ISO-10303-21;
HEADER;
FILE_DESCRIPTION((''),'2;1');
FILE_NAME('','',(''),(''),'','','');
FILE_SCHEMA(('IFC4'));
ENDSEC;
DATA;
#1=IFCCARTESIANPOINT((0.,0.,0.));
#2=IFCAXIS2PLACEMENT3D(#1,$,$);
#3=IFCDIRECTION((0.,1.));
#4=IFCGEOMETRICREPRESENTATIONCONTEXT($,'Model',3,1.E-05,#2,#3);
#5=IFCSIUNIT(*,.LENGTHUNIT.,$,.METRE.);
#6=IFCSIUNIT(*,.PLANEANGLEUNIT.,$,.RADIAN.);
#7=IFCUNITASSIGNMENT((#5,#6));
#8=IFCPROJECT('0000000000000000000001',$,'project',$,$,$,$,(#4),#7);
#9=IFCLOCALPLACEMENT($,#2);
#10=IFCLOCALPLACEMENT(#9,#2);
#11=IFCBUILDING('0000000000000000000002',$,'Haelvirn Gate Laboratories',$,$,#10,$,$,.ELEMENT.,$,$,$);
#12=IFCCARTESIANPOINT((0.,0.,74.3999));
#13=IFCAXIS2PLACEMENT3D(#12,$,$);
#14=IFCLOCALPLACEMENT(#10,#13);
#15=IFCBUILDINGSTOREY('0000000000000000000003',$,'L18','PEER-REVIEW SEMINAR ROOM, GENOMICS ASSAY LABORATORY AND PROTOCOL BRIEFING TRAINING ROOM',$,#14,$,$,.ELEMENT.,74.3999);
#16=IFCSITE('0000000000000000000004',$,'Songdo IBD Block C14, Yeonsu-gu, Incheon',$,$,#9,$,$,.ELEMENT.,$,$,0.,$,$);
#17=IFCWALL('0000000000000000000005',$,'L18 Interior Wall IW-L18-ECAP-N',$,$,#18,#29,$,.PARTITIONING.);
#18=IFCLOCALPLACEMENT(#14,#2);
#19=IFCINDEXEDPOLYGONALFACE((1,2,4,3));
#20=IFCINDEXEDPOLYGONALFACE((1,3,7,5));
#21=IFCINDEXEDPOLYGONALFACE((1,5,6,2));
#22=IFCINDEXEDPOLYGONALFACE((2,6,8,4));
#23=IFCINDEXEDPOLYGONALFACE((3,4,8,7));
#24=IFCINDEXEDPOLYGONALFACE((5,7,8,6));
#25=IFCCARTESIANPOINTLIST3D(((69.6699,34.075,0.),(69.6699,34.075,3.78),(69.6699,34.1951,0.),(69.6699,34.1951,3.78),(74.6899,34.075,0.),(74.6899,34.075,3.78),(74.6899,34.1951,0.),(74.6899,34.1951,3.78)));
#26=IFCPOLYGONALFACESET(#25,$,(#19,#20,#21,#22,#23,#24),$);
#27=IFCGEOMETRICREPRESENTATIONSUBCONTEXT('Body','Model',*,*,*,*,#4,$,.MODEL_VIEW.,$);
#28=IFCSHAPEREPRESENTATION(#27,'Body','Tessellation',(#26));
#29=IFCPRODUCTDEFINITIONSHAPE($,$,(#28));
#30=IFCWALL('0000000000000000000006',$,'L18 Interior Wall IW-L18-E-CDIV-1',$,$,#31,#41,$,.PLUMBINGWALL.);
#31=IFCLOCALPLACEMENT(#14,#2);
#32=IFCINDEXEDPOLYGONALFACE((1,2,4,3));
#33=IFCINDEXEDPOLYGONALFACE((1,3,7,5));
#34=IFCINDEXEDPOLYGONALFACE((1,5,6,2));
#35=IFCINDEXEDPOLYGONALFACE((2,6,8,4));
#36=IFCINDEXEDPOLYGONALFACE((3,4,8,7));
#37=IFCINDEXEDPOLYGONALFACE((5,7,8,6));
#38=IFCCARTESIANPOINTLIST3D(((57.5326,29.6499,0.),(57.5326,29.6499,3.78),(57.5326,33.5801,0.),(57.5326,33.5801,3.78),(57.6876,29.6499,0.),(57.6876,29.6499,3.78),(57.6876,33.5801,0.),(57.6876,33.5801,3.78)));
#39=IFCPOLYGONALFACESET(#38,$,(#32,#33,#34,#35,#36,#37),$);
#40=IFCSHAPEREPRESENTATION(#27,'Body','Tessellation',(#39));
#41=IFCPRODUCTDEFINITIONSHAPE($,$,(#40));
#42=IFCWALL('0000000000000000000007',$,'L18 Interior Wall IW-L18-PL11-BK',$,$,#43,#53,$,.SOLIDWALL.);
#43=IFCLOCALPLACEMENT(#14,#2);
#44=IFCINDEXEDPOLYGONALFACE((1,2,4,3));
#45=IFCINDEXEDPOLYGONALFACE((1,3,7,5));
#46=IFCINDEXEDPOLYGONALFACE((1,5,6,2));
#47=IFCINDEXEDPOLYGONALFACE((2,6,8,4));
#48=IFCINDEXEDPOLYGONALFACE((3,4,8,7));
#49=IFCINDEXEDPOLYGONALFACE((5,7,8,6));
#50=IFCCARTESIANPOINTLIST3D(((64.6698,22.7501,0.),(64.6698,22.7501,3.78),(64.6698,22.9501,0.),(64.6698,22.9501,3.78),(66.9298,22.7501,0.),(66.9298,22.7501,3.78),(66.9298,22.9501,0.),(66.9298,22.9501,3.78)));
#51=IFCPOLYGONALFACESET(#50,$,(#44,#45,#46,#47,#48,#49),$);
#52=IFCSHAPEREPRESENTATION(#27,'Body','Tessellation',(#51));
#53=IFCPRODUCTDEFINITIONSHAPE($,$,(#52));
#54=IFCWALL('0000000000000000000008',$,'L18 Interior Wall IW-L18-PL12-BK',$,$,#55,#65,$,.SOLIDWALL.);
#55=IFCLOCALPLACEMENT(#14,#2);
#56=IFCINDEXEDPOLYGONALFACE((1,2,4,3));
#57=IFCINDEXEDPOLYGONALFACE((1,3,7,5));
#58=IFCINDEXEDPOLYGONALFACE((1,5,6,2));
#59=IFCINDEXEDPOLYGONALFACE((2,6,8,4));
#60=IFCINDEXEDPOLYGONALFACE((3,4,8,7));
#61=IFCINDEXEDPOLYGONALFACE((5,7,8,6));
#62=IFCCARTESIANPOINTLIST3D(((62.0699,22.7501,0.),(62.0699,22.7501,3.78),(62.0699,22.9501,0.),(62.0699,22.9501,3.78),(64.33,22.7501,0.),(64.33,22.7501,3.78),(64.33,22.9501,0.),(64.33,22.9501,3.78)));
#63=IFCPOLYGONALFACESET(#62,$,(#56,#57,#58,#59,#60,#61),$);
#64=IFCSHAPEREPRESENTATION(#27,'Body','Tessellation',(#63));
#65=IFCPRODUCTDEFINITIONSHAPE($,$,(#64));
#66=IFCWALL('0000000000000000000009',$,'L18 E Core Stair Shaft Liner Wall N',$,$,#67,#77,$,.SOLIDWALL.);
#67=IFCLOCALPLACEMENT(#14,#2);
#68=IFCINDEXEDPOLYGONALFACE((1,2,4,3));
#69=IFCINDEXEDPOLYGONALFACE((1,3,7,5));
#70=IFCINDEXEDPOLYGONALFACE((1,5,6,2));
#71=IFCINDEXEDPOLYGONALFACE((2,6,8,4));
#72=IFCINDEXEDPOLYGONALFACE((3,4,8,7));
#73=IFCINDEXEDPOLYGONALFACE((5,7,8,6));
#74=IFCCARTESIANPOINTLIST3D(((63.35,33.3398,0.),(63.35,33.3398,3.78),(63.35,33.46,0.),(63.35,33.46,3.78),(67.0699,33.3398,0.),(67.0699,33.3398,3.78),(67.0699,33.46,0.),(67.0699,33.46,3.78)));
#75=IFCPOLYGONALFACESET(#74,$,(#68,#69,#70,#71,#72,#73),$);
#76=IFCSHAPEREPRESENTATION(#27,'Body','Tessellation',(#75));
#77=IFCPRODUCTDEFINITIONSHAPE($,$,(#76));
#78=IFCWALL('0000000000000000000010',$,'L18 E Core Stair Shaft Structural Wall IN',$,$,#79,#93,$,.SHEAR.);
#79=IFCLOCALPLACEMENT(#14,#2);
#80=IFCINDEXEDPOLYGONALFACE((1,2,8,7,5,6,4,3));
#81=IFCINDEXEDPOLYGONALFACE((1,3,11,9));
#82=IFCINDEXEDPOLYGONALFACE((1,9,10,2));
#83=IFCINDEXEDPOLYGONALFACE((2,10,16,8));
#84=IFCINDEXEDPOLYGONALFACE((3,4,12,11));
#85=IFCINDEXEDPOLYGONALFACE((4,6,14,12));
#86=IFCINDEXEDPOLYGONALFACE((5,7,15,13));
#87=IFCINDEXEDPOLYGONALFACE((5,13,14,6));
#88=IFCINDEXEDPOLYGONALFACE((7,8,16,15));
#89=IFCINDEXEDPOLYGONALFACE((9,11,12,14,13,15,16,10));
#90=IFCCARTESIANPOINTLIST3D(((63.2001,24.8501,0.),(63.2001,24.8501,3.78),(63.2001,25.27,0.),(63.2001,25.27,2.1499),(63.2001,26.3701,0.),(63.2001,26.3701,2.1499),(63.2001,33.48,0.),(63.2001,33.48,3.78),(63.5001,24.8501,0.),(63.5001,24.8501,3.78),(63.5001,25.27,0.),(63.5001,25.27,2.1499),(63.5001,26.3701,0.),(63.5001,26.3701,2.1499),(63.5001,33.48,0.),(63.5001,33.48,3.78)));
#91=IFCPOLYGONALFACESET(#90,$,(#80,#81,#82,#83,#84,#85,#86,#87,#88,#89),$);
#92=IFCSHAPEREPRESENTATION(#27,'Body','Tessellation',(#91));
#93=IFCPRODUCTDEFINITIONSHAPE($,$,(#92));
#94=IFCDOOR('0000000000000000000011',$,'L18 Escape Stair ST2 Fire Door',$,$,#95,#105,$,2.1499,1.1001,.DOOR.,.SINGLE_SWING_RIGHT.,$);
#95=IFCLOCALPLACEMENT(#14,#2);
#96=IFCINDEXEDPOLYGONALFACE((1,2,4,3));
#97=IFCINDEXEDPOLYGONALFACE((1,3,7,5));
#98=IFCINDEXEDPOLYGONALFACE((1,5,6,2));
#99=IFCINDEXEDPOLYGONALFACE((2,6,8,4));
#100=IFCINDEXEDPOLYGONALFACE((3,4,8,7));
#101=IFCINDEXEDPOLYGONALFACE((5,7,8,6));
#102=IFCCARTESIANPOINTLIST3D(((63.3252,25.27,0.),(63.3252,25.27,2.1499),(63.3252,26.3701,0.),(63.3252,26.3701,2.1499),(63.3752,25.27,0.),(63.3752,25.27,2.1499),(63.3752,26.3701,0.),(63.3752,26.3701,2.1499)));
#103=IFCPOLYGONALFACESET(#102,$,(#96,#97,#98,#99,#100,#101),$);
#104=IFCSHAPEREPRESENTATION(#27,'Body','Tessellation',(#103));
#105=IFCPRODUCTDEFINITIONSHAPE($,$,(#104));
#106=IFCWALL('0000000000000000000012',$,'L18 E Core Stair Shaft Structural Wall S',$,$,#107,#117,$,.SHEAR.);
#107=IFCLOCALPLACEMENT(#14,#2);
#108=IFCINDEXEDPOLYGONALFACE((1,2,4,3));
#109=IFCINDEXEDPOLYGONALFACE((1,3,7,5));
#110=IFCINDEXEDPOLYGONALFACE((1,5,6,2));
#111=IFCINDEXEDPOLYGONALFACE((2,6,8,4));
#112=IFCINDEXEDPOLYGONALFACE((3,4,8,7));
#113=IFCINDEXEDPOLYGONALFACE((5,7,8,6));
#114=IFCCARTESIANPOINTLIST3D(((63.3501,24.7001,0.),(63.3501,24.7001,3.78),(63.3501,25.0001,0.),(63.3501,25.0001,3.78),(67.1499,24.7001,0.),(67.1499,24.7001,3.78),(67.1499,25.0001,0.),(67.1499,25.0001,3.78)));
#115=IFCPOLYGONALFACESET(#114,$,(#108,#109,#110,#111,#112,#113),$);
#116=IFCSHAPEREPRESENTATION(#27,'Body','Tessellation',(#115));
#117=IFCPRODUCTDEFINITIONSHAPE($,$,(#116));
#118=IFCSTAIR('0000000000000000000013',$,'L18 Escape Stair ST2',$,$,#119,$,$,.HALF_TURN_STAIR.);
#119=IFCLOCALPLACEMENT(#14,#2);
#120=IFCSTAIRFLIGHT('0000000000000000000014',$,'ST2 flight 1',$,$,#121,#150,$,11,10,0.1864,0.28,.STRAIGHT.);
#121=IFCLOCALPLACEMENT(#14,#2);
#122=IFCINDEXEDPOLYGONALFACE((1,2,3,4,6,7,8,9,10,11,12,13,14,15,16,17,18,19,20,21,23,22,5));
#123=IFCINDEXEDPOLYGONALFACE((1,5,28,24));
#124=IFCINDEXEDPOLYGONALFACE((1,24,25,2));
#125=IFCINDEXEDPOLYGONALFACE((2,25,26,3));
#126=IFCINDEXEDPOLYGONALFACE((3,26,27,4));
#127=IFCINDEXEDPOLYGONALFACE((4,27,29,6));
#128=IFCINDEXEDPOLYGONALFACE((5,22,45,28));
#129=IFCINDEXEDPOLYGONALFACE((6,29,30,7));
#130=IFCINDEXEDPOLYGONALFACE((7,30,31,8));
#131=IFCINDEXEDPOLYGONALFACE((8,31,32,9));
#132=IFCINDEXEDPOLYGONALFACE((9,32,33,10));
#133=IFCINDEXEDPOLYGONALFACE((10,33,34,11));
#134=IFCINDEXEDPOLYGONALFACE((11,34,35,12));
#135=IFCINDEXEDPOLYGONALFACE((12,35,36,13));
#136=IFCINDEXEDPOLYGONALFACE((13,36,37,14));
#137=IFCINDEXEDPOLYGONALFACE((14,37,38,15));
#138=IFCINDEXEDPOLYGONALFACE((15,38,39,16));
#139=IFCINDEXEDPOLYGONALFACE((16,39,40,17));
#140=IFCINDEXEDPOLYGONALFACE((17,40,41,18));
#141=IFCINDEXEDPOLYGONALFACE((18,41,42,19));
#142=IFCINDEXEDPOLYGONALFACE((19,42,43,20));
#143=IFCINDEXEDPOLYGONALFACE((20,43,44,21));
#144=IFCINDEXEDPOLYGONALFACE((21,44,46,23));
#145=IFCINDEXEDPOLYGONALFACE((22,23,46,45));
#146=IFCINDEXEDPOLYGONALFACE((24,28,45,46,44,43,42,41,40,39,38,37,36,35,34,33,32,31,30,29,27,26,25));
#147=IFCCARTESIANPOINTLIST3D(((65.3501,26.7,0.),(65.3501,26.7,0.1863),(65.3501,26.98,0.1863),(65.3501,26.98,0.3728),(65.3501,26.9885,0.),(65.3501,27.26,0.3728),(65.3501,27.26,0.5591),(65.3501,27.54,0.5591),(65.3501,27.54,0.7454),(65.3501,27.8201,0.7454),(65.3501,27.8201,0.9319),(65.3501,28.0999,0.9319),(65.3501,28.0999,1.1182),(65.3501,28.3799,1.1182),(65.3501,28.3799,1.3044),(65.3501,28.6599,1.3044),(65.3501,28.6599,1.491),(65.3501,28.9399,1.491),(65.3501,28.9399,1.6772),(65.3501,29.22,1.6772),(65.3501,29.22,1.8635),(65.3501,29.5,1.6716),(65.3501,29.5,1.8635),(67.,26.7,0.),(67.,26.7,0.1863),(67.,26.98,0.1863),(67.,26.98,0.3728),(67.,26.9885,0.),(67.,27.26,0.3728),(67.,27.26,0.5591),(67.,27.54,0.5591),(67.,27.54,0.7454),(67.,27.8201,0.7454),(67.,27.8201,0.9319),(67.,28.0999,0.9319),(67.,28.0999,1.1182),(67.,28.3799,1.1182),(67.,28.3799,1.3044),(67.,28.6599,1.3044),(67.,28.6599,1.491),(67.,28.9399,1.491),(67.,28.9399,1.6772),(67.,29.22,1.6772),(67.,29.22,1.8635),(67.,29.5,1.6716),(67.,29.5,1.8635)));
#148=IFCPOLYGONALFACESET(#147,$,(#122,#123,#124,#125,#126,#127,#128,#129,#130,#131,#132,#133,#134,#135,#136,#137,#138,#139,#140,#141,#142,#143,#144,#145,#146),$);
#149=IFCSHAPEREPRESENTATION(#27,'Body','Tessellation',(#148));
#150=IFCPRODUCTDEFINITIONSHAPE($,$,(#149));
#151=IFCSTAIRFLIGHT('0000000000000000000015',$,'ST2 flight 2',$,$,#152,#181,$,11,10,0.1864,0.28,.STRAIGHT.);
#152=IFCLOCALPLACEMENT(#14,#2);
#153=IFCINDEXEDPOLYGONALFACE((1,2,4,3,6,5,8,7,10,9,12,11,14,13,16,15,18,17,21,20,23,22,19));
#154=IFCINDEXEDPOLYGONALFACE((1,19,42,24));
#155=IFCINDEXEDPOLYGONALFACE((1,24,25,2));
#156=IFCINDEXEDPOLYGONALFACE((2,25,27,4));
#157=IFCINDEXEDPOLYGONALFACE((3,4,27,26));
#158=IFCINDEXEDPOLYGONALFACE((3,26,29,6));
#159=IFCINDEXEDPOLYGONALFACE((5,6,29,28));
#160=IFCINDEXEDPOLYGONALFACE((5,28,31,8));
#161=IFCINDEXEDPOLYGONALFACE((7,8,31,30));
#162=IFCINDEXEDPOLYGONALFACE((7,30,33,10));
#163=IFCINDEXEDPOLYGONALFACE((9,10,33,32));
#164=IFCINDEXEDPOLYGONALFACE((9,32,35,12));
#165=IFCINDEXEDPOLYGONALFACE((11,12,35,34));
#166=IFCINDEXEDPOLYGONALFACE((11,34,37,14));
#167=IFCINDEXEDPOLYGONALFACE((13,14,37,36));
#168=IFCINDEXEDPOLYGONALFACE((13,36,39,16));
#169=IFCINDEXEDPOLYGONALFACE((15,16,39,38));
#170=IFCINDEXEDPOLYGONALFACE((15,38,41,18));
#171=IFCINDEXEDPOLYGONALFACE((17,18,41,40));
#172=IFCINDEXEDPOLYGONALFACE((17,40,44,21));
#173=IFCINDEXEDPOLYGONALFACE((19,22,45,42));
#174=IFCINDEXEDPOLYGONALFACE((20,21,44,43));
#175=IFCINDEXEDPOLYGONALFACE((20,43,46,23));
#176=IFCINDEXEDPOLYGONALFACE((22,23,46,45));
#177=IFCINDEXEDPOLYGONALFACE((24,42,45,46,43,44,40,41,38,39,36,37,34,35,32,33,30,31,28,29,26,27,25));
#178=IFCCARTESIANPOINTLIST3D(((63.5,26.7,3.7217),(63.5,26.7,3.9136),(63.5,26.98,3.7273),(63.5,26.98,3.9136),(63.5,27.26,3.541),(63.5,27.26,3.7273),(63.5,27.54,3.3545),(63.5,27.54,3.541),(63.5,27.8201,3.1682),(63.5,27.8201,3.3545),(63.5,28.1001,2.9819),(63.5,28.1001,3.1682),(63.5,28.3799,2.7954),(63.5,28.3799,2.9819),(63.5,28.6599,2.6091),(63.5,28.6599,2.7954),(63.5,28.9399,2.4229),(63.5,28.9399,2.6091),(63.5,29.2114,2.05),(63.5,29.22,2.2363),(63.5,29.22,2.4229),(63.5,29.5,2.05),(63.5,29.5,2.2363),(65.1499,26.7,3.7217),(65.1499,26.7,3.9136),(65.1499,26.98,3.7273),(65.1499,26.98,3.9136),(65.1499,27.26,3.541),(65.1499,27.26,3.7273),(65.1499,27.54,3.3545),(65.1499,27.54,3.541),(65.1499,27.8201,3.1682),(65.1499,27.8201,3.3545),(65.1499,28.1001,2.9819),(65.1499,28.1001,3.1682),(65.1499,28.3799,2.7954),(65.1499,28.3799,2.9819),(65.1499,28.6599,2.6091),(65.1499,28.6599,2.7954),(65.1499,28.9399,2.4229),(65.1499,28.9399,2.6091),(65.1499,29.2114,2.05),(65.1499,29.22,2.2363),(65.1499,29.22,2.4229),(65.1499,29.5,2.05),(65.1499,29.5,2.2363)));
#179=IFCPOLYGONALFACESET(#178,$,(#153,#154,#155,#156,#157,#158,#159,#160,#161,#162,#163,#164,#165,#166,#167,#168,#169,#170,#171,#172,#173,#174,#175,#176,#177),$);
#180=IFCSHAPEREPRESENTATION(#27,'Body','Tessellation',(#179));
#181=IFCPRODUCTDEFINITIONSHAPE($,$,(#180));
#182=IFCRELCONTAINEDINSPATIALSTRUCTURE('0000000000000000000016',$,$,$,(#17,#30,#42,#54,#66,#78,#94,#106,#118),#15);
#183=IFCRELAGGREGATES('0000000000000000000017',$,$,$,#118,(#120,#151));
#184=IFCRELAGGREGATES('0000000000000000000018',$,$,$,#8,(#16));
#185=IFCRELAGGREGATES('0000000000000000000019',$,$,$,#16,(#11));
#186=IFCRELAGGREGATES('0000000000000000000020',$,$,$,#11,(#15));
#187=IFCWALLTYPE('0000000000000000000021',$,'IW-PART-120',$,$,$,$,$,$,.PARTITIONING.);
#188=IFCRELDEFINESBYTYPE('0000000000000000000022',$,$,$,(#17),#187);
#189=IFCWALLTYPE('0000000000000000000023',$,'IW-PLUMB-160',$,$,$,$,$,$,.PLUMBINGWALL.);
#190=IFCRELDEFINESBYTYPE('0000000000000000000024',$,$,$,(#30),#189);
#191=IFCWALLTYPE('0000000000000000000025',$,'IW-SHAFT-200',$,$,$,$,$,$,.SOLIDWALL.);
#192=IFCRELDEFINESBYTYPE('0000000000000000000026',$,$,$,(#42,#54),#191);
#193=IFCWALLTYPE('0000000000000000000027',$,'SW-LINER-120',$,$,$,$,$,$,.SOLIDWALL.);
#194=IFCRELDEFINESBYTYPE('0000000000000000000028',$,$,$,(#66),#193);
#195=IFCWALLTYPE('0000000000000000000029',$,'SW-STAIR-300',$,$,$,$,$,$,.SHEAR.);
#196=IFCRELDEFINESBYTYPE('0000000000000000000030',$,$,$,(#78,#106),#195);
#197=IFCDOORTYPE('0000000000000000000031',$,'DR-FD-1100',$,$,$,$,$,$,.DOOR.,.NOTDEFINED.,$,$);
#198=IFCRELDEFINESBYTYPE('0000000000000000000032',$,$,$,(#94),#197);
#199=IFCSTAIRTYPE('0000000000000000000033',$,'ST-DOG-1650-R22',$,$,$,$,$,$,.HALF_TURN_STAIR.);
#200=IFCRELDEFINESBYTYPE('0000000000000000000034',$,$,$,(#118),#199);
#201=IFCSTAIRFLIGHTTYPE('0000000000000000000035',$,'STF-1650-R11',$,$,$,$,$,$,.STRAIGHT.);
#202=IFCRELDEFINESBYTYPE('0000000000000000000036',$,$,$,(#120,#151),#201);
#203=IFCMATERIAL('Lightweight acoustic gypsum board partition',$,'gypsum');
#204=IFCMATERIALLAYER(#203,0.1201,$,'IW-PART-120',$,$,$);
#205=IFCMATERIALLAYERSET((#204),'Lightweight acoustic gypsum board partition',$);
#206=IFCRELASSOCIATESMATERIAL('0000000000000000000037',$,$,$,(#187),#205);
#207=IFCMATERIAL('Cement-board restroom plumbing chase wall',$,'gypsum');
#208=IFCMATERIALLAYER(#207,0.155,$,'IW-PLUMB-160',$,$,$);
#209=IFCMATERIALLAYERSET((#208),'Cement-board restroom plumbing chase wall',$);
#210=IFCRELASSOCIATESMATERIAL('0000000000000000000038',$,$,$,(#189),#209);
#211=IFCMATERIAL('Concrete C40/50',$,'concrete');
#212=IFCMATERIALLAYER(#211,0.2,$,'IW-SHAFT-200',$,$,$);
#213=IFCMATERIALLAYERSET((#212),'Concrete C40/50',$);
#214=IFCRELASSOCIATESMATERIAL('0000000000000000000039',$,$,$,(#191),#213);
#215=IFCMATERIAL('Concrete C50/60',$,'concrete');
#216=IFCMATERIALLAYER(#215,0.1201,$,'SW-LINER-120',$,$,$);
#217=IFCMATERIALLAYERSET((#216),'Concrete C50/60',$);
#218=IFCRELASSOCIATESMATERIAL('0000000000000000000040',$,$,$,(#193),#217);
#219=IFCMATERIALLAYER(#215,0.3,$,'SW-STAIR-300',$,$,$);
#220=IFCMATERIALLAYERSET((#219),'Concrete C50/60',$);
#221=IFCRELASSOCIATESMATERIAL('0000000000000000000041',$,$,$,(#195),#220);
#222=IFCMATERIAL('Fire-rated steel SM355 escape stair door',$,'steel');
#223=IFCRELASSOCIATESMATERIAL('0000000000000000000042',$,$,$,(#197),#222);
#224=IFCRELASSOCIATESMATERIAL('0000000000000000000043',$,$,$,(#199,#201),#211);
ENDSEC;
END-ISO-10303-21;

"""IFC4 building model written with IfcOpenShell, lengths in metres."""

from ifc_helpers import new_model, si_unit, direction, frame, frame_2d, origin, place, context, subcontext, project, spatial, polyline, rectangle, outline, extrude, source, transform, mapped, material, layer, layer_set, type_object, type_shapes, element, fill, aggregate, save


model = new_model("IFC4")

# Units and contexts
model_context = context("Model", 3, precision=1e-05, world=origin(), true_north=direction((0.0, 1.0)))
body_context = subcontext(model_context, "Body", "Model", "MODEL_VIEW")
ifc_project = project(units=[si_unit("LENGTHUNIT", "METRE"), si_unit("PLANEANGLEUNIT", "RADIAN")], contexts=[model_context])

# Site, building, storey
site_placement = place(None, origin())
site = spatial("IfcSite", under=ifc_project, at=site_placement, Name="Songdo IBD Block C14, Yeonsu-gu, Incheon", CompositionType="ELEMENT", RefElevation=0.0)
building_placement = place(site_placement, origin())
building = spatial("IfcBuilding", under=site, at=building_placement, Name="Haelvirn Gate Laboratories", CompositionType="ELEMENT")
storey_placement = place(building_placement, frame((0.0, 0.0, 74.3999)))
storey = spatial("IfcBuildingStorey", under=building, at=storey_placement, Name="L18", Description="PEER-REVIEW SEMINAR ROOM, GENOMICS ASSAY LABORATORY AND PROTOCOL BRIEFING TRAINING ROOM", CompositionType="ELEMENT", Elevation=74.3999)

# Walls
ifc_material_1 = material(Name="Lightweight acoustic gypsum board partition", Category="gypsum")
ifc_layer_1 = layer(ifc_material_1, 0.1201, Name="IW-PART-120")
ifc_layer_set_1 = layer_set([ifc_layer_1], Name="Lightweight acoustic gypsum board partition")
wall_type_1 = type_object("IfcWallType", Name="IW-PART-120", PredefinedType="PARTITIONING", material=ifc_layer_set_1)
wall_1_placement = place(storey_placement, frame((69.6699, 34.135, 0.0), z_axis=(0.0, 0.0, 1.0), x_axis=(1.0, 0.0, 0.0)))
element("IfcWall", 1, at=wall_1_placement, inside=storey, type_object=wall_type_1, Name="L18 Interior Wall IW-L18-ECAP-N", PredefinedType="PARTITIONING", context=body_context, shape_type="SweptSolid", body=[
    extrude(rectangle(XDim=5.02, YDim=0.1201, at=frame_2d((2.51, 0.0))), origin(), (0.0, 0.0, 1.0), 3.78),
])
ifc_material_2 = material(Name="Cement-board restroom plumbing chase wall", Category="gypsum")
ifc_layer_2 = layer(ifc_material_2, 0.155, Name="IW-PLUMB-160")
ifc_layer_set_2 = layer_set([ifc_layer_2], Name="Cement-board restroom plumbing chase wall")
wall_type_2 = type_object("IfcWallType", Name="IW-PLUMB-160", PredefinedType="PLUMBINGWALL", material=ifc_layer_set_2)
wall_2_placement = place(storey_placement, frame((57.6101, 29.6499, 0.0), z_axis=(0.0, 0.0, 1.0), x_axis=(0.0, 1.0, 0.0)))
element("IfcWall", 2, at=wall_2_placement, inside=storey, type_object=wall_type_2, Name="L18 Interior Wall IW-L18-E-CDIV-1", PredefinedType="PLUMBINGWALL", context=body_context, shape_type="SweptSolid", body=[
    extrude(rectangle(XDim=3.9302, YDim=0.155, at=frame_2d((1.9651, 0.0))), origin(), (0.0, 0.0, 1.0), 3.78),
])
ifc_material_3 = material(Name="Concrete C40/50", Category="concrete")
ifc_layer_3 = layer(ifc_material_3, 0.2, Name="IW-SHAFT-200")
ifc_layer_set_3 = layer_set([ifc_layer_3], Name="Concrete C40/50")
wall_type_3 = type_object("IfcWallType", Name="IW-SHAFT-200", PredefinedType="SOLIDWALL", material=ifc_layer_set_3)
for number, where, z_axis, x_axis, name in (
    (3, (64.6699, 22.8501, 0.0), (0.0, 0.0, 1.0), (1.0, 0.0, 0.0), "L18 Interior Wall IW-L18-PL11-BK"),
    (4, (62.0701, 22.8501, 0.0), (0.0, 0.0, 1.0), (1.0, 0.0, 0.0), "L18 Interior Wall IW-L18-PL12-BK"),
):
    element("IfcWall", number, at=place(storey_placement, frame(where, z_axis=z_axis, x_axis=x_axis)), inside=storey, type_object=wall_type_3, Name=name, PredefinedType="SOLIDWALL", context=body_context, shape_type="SweptSolid", body=[
        extrude(rectangle(XDim=2.26, YDim=0.2, at=frame_2d((1.1299, 0.0))), origin(), (0.0, 0.0, 1.0), 3.78),
    ])
ifc_material_4 = material(Name="Concrete C50/60", Category="concrete")
ifc_layer_4 = layer(ifc_material_4, 0.1201, Name="SW-LINER-120")
ifc_layer_set_4 = layer_set([ifc_layer_4], Name="Concrete C50/60")
wall_type_4 = type_object("IfcWallType", Name="SW-LINER-120", PredefinedType="SOLIDWALL", material=ifc_layer_set_4)
wall_3_placement = place(storey_placement, frame((63.3501, 33.3999, 0.0), z_axis=(0.0, 0.0, 1.0), x_axis=(1.0, 0.0, 0.0)))
element("IfcWall", 5, at=wall_3_placement, inside=storey, type_object=wall_type_4, Name="L18 E Core Stair Shaft Liner Wall N", PredefinedType="SOLIDWALL", context=body_context, shape_type="SweptSolid", body=[
    extrude(rectangle(XDim=3.72, YDim=0.1201, at=frame_2d((1.8599, 0.0))), origin(), (0.0, 0.0, 1.0), 3.78),
])

# Wall, opening, door
ifc_layer_5 = layer(ifc_material_4, 0.3, Name="SW-STAIR-300")
ifc_layer_set_5 = layer_set([ifc_layer_5], Name="Concrete C50/60")
wall_type_5 = type_object("IfcWallType", Name="SW-STAIR-300", PredefinedType="SHEAR", material=ifc_layer_set_5)
wall_4_placement = place(storey_placement, frame((63.3501, 24.8501, 0.0), z_axis=(0.0, 0.0, 1.0), x_axis=(0.0, 1.0, 0.0)))
wall_4 = element("IfcWall", 6, at=wall_4_placement, inside=storey, type_object=wall_type_5, Name="L18 E Core Stair Shaft Structural Wall IN", PredefinedType="SHEAR", context=body_context, shape_type="SweptSolid", body=[
    extrude(rectangle(XDim=8.6299, YDim=0.3, at=frame_2d((4.3149, 0.0))), origin(), (0.0, 0.0, 1.0), 3.78),
])
opening_placement = place(wall_4_placement, frame((0.4199, 0.0, 0.0)))
opening = element("IfcOpeningElement", 7, at=opening_placement, cuts=wall_4, PredefinedType="OPENING", context=body_context, shape_type="SweptSolid", body=[
    extrude(rectangle(XDim=1.1001, YDim=2.1499, at=frame_2d((0.55, 1.075))), frame((0.0, 0.1602, 0.0), z_axis=(0.0, -1.0, 0.0), x_axis=(1.0, 0.0, 0.0)), (0.0, 0.0, 1.0), 0.3201),
])
ifc_material_5 = material(Name="Fire-rated steel SM355 escape stair door", Category="steel")
door_type = type_object("IfcDoorType", Name="DR-FD-1100", OperationType="NOTDEFINED", PredefinedType="DOOR", material=ifc_material_5)
shared_shape_1 = source(origin(), body_context, "Body", "SweptSolid", [
    extrude(rectangle(XDim=1.1001, YDim=2.1499, at=frame_2d((0.55, 1.075))), frame((0.0, 0.0249, 0.0), z_axis=(0.0, -1.0, 0.0), x_axis=(1.0, 0.0, 0.0)), (0.0, 0.0, 1.0), 0.05),
])
type_shapes(door_type, [shared_shape_1])
door_placement = place(opening_placement, origin())
door = element("IfcDoor", 8, at=door_placement, inside=storey, type_object=door_type, Name="L18 Escape Stair ST2 Fire Door", OperationType="SINGLE_SWING_RIGHT", OverallHeight=2.1499, OverallWidth=1.1001, PredefinedType="DOOR", context=body_context, shape_type="MappedRepresentation", body=[
    mapped(shared_shape_1, transform((0.0, 0.0, 0.0), scale=1.0)),
])
fill(opening, door)

# Wall
wall_5_placement = place(storey_placement, frame((63.3501, 24.8501, 0.0), z_axis=(0.0, 0.0, 1.0), x_axis=(1.0, 0.0, 0.0)))
element("IfcWall", 9, at=wall_5_placement, inside=storey, type_object=wall_type_5, Name="L18 E Core Stair Shaft Structural Wall S", PredefinedType="SHEAR", context=body_context, shape_type="SweptSolid", body=[
    extrude(rectangle(XDim=3.7998, YDim=0.3, at=frame_2d((1.8999, 0.0))), origin(), (0.0, 0.0, 1.0), 3.78),
])

# Stair, stair flights
stair_type = type_object("IfcStairType", Name="ST-DOG-1650-R22", PredefinedType="HALF_TURN_STAIR", material=ifc_material_3)
stair_placement = place(storey_placement, origin())
stair = element("IfcStair", 10, at=stair_placement, inside=storey, type_object=stair_type, Name="L18 Escape Stair ST2", PredefinedType="HALF_TURN_STAIR")
stair_flight_type = type_object("IfcStairFlightType", Name="STF-1650-R11", PredefinedType="STRAIGHT", material=ifc_material_3)
shared_shape_2 = source(origin(), body_context, "Body", "SweptSolid", [
    extrude(outline(polyline([(0.0, 0.0), (0.0, 0.1863), (0.28, 0.1863), (0.28, 0.3728), (0.5601, 0.3728), (0.5601, 0.5591), (0.8401, 0.5591), (0.8401, 0.7454), (1.1201, 0.7454), (1.1201, 0.9319), (1.3999, 0.9319), (1.3999, 1.1182), (1.6799, 1.1182), (1.6799, 1.3044), (1.96, 1.3044), (1.96, 1.491), (2.24, 1.491), (2.24, 1.6772), (2.52, 1.6772), (2.52, 1.8635), (2.8, 1.8635), (2.8, 2.05), (2.8, 1.6716), (0.2886, 0.0), (0.0, 0.0)])), frame((0.0, 0.825, 0.0), z_axis=(0.0, -1.0, 0.0), x_axis=(1.0, 0.0, 0.0)), (0.0, 0.0, 1.0), 1.6499),
])
type_shapes(stair_flight_type, [shared_shape_2])
stair_flight_1_placement = place(storey_placement, frame((66.175, 26.7, 0.0), z_axis=(0.0, 0.0, 1.0), x_axis=(0.0, 1.0, 0.0)))
stair_flight_1 = element("IfcStairFlight", 11, at=stair_flight_1_placement, type_object=stair_flight_type, Name="ST2 flight 1", NumberOfRisers=11, NumberOfTreads=10, PredefinedType="STRAIGHT", RiserHeight=0.1864, TreadLength=0.28, context=body_context, shape_type="MappedRepresentation", body=[
    mapped(shared_shape_2, transform((0.0, 0.0, 0.0), scale=1.0)),
])
stair_flight_2_placement = place(storey_placement, frame((64.325, 29.5, 2.05), z_axis=(0.0, 0.0, 1.0), x_axis=(0.0, -1.0, 0.0)))
stair_flight_2 = element("IfcStairFlight", 12, at=stair_flight_2_placement, type_object=stair_flight_type, Name="ST2 flight 2", NumberOfRisers=11, NumberOfTreads=10, PredefinedType="STRAIGHT", RiserHeight=0.1864, TreadLength=0.28, context=body_context, shape_type="MappedRepresentation", body=[
    mapped(shared_shape_2, transform((0.0, 0.0, 0.0), scale=1.0)),
])
aggregate(stair, [stair_flight_1, stair_flight_2])

save(model, "model.ifc")
